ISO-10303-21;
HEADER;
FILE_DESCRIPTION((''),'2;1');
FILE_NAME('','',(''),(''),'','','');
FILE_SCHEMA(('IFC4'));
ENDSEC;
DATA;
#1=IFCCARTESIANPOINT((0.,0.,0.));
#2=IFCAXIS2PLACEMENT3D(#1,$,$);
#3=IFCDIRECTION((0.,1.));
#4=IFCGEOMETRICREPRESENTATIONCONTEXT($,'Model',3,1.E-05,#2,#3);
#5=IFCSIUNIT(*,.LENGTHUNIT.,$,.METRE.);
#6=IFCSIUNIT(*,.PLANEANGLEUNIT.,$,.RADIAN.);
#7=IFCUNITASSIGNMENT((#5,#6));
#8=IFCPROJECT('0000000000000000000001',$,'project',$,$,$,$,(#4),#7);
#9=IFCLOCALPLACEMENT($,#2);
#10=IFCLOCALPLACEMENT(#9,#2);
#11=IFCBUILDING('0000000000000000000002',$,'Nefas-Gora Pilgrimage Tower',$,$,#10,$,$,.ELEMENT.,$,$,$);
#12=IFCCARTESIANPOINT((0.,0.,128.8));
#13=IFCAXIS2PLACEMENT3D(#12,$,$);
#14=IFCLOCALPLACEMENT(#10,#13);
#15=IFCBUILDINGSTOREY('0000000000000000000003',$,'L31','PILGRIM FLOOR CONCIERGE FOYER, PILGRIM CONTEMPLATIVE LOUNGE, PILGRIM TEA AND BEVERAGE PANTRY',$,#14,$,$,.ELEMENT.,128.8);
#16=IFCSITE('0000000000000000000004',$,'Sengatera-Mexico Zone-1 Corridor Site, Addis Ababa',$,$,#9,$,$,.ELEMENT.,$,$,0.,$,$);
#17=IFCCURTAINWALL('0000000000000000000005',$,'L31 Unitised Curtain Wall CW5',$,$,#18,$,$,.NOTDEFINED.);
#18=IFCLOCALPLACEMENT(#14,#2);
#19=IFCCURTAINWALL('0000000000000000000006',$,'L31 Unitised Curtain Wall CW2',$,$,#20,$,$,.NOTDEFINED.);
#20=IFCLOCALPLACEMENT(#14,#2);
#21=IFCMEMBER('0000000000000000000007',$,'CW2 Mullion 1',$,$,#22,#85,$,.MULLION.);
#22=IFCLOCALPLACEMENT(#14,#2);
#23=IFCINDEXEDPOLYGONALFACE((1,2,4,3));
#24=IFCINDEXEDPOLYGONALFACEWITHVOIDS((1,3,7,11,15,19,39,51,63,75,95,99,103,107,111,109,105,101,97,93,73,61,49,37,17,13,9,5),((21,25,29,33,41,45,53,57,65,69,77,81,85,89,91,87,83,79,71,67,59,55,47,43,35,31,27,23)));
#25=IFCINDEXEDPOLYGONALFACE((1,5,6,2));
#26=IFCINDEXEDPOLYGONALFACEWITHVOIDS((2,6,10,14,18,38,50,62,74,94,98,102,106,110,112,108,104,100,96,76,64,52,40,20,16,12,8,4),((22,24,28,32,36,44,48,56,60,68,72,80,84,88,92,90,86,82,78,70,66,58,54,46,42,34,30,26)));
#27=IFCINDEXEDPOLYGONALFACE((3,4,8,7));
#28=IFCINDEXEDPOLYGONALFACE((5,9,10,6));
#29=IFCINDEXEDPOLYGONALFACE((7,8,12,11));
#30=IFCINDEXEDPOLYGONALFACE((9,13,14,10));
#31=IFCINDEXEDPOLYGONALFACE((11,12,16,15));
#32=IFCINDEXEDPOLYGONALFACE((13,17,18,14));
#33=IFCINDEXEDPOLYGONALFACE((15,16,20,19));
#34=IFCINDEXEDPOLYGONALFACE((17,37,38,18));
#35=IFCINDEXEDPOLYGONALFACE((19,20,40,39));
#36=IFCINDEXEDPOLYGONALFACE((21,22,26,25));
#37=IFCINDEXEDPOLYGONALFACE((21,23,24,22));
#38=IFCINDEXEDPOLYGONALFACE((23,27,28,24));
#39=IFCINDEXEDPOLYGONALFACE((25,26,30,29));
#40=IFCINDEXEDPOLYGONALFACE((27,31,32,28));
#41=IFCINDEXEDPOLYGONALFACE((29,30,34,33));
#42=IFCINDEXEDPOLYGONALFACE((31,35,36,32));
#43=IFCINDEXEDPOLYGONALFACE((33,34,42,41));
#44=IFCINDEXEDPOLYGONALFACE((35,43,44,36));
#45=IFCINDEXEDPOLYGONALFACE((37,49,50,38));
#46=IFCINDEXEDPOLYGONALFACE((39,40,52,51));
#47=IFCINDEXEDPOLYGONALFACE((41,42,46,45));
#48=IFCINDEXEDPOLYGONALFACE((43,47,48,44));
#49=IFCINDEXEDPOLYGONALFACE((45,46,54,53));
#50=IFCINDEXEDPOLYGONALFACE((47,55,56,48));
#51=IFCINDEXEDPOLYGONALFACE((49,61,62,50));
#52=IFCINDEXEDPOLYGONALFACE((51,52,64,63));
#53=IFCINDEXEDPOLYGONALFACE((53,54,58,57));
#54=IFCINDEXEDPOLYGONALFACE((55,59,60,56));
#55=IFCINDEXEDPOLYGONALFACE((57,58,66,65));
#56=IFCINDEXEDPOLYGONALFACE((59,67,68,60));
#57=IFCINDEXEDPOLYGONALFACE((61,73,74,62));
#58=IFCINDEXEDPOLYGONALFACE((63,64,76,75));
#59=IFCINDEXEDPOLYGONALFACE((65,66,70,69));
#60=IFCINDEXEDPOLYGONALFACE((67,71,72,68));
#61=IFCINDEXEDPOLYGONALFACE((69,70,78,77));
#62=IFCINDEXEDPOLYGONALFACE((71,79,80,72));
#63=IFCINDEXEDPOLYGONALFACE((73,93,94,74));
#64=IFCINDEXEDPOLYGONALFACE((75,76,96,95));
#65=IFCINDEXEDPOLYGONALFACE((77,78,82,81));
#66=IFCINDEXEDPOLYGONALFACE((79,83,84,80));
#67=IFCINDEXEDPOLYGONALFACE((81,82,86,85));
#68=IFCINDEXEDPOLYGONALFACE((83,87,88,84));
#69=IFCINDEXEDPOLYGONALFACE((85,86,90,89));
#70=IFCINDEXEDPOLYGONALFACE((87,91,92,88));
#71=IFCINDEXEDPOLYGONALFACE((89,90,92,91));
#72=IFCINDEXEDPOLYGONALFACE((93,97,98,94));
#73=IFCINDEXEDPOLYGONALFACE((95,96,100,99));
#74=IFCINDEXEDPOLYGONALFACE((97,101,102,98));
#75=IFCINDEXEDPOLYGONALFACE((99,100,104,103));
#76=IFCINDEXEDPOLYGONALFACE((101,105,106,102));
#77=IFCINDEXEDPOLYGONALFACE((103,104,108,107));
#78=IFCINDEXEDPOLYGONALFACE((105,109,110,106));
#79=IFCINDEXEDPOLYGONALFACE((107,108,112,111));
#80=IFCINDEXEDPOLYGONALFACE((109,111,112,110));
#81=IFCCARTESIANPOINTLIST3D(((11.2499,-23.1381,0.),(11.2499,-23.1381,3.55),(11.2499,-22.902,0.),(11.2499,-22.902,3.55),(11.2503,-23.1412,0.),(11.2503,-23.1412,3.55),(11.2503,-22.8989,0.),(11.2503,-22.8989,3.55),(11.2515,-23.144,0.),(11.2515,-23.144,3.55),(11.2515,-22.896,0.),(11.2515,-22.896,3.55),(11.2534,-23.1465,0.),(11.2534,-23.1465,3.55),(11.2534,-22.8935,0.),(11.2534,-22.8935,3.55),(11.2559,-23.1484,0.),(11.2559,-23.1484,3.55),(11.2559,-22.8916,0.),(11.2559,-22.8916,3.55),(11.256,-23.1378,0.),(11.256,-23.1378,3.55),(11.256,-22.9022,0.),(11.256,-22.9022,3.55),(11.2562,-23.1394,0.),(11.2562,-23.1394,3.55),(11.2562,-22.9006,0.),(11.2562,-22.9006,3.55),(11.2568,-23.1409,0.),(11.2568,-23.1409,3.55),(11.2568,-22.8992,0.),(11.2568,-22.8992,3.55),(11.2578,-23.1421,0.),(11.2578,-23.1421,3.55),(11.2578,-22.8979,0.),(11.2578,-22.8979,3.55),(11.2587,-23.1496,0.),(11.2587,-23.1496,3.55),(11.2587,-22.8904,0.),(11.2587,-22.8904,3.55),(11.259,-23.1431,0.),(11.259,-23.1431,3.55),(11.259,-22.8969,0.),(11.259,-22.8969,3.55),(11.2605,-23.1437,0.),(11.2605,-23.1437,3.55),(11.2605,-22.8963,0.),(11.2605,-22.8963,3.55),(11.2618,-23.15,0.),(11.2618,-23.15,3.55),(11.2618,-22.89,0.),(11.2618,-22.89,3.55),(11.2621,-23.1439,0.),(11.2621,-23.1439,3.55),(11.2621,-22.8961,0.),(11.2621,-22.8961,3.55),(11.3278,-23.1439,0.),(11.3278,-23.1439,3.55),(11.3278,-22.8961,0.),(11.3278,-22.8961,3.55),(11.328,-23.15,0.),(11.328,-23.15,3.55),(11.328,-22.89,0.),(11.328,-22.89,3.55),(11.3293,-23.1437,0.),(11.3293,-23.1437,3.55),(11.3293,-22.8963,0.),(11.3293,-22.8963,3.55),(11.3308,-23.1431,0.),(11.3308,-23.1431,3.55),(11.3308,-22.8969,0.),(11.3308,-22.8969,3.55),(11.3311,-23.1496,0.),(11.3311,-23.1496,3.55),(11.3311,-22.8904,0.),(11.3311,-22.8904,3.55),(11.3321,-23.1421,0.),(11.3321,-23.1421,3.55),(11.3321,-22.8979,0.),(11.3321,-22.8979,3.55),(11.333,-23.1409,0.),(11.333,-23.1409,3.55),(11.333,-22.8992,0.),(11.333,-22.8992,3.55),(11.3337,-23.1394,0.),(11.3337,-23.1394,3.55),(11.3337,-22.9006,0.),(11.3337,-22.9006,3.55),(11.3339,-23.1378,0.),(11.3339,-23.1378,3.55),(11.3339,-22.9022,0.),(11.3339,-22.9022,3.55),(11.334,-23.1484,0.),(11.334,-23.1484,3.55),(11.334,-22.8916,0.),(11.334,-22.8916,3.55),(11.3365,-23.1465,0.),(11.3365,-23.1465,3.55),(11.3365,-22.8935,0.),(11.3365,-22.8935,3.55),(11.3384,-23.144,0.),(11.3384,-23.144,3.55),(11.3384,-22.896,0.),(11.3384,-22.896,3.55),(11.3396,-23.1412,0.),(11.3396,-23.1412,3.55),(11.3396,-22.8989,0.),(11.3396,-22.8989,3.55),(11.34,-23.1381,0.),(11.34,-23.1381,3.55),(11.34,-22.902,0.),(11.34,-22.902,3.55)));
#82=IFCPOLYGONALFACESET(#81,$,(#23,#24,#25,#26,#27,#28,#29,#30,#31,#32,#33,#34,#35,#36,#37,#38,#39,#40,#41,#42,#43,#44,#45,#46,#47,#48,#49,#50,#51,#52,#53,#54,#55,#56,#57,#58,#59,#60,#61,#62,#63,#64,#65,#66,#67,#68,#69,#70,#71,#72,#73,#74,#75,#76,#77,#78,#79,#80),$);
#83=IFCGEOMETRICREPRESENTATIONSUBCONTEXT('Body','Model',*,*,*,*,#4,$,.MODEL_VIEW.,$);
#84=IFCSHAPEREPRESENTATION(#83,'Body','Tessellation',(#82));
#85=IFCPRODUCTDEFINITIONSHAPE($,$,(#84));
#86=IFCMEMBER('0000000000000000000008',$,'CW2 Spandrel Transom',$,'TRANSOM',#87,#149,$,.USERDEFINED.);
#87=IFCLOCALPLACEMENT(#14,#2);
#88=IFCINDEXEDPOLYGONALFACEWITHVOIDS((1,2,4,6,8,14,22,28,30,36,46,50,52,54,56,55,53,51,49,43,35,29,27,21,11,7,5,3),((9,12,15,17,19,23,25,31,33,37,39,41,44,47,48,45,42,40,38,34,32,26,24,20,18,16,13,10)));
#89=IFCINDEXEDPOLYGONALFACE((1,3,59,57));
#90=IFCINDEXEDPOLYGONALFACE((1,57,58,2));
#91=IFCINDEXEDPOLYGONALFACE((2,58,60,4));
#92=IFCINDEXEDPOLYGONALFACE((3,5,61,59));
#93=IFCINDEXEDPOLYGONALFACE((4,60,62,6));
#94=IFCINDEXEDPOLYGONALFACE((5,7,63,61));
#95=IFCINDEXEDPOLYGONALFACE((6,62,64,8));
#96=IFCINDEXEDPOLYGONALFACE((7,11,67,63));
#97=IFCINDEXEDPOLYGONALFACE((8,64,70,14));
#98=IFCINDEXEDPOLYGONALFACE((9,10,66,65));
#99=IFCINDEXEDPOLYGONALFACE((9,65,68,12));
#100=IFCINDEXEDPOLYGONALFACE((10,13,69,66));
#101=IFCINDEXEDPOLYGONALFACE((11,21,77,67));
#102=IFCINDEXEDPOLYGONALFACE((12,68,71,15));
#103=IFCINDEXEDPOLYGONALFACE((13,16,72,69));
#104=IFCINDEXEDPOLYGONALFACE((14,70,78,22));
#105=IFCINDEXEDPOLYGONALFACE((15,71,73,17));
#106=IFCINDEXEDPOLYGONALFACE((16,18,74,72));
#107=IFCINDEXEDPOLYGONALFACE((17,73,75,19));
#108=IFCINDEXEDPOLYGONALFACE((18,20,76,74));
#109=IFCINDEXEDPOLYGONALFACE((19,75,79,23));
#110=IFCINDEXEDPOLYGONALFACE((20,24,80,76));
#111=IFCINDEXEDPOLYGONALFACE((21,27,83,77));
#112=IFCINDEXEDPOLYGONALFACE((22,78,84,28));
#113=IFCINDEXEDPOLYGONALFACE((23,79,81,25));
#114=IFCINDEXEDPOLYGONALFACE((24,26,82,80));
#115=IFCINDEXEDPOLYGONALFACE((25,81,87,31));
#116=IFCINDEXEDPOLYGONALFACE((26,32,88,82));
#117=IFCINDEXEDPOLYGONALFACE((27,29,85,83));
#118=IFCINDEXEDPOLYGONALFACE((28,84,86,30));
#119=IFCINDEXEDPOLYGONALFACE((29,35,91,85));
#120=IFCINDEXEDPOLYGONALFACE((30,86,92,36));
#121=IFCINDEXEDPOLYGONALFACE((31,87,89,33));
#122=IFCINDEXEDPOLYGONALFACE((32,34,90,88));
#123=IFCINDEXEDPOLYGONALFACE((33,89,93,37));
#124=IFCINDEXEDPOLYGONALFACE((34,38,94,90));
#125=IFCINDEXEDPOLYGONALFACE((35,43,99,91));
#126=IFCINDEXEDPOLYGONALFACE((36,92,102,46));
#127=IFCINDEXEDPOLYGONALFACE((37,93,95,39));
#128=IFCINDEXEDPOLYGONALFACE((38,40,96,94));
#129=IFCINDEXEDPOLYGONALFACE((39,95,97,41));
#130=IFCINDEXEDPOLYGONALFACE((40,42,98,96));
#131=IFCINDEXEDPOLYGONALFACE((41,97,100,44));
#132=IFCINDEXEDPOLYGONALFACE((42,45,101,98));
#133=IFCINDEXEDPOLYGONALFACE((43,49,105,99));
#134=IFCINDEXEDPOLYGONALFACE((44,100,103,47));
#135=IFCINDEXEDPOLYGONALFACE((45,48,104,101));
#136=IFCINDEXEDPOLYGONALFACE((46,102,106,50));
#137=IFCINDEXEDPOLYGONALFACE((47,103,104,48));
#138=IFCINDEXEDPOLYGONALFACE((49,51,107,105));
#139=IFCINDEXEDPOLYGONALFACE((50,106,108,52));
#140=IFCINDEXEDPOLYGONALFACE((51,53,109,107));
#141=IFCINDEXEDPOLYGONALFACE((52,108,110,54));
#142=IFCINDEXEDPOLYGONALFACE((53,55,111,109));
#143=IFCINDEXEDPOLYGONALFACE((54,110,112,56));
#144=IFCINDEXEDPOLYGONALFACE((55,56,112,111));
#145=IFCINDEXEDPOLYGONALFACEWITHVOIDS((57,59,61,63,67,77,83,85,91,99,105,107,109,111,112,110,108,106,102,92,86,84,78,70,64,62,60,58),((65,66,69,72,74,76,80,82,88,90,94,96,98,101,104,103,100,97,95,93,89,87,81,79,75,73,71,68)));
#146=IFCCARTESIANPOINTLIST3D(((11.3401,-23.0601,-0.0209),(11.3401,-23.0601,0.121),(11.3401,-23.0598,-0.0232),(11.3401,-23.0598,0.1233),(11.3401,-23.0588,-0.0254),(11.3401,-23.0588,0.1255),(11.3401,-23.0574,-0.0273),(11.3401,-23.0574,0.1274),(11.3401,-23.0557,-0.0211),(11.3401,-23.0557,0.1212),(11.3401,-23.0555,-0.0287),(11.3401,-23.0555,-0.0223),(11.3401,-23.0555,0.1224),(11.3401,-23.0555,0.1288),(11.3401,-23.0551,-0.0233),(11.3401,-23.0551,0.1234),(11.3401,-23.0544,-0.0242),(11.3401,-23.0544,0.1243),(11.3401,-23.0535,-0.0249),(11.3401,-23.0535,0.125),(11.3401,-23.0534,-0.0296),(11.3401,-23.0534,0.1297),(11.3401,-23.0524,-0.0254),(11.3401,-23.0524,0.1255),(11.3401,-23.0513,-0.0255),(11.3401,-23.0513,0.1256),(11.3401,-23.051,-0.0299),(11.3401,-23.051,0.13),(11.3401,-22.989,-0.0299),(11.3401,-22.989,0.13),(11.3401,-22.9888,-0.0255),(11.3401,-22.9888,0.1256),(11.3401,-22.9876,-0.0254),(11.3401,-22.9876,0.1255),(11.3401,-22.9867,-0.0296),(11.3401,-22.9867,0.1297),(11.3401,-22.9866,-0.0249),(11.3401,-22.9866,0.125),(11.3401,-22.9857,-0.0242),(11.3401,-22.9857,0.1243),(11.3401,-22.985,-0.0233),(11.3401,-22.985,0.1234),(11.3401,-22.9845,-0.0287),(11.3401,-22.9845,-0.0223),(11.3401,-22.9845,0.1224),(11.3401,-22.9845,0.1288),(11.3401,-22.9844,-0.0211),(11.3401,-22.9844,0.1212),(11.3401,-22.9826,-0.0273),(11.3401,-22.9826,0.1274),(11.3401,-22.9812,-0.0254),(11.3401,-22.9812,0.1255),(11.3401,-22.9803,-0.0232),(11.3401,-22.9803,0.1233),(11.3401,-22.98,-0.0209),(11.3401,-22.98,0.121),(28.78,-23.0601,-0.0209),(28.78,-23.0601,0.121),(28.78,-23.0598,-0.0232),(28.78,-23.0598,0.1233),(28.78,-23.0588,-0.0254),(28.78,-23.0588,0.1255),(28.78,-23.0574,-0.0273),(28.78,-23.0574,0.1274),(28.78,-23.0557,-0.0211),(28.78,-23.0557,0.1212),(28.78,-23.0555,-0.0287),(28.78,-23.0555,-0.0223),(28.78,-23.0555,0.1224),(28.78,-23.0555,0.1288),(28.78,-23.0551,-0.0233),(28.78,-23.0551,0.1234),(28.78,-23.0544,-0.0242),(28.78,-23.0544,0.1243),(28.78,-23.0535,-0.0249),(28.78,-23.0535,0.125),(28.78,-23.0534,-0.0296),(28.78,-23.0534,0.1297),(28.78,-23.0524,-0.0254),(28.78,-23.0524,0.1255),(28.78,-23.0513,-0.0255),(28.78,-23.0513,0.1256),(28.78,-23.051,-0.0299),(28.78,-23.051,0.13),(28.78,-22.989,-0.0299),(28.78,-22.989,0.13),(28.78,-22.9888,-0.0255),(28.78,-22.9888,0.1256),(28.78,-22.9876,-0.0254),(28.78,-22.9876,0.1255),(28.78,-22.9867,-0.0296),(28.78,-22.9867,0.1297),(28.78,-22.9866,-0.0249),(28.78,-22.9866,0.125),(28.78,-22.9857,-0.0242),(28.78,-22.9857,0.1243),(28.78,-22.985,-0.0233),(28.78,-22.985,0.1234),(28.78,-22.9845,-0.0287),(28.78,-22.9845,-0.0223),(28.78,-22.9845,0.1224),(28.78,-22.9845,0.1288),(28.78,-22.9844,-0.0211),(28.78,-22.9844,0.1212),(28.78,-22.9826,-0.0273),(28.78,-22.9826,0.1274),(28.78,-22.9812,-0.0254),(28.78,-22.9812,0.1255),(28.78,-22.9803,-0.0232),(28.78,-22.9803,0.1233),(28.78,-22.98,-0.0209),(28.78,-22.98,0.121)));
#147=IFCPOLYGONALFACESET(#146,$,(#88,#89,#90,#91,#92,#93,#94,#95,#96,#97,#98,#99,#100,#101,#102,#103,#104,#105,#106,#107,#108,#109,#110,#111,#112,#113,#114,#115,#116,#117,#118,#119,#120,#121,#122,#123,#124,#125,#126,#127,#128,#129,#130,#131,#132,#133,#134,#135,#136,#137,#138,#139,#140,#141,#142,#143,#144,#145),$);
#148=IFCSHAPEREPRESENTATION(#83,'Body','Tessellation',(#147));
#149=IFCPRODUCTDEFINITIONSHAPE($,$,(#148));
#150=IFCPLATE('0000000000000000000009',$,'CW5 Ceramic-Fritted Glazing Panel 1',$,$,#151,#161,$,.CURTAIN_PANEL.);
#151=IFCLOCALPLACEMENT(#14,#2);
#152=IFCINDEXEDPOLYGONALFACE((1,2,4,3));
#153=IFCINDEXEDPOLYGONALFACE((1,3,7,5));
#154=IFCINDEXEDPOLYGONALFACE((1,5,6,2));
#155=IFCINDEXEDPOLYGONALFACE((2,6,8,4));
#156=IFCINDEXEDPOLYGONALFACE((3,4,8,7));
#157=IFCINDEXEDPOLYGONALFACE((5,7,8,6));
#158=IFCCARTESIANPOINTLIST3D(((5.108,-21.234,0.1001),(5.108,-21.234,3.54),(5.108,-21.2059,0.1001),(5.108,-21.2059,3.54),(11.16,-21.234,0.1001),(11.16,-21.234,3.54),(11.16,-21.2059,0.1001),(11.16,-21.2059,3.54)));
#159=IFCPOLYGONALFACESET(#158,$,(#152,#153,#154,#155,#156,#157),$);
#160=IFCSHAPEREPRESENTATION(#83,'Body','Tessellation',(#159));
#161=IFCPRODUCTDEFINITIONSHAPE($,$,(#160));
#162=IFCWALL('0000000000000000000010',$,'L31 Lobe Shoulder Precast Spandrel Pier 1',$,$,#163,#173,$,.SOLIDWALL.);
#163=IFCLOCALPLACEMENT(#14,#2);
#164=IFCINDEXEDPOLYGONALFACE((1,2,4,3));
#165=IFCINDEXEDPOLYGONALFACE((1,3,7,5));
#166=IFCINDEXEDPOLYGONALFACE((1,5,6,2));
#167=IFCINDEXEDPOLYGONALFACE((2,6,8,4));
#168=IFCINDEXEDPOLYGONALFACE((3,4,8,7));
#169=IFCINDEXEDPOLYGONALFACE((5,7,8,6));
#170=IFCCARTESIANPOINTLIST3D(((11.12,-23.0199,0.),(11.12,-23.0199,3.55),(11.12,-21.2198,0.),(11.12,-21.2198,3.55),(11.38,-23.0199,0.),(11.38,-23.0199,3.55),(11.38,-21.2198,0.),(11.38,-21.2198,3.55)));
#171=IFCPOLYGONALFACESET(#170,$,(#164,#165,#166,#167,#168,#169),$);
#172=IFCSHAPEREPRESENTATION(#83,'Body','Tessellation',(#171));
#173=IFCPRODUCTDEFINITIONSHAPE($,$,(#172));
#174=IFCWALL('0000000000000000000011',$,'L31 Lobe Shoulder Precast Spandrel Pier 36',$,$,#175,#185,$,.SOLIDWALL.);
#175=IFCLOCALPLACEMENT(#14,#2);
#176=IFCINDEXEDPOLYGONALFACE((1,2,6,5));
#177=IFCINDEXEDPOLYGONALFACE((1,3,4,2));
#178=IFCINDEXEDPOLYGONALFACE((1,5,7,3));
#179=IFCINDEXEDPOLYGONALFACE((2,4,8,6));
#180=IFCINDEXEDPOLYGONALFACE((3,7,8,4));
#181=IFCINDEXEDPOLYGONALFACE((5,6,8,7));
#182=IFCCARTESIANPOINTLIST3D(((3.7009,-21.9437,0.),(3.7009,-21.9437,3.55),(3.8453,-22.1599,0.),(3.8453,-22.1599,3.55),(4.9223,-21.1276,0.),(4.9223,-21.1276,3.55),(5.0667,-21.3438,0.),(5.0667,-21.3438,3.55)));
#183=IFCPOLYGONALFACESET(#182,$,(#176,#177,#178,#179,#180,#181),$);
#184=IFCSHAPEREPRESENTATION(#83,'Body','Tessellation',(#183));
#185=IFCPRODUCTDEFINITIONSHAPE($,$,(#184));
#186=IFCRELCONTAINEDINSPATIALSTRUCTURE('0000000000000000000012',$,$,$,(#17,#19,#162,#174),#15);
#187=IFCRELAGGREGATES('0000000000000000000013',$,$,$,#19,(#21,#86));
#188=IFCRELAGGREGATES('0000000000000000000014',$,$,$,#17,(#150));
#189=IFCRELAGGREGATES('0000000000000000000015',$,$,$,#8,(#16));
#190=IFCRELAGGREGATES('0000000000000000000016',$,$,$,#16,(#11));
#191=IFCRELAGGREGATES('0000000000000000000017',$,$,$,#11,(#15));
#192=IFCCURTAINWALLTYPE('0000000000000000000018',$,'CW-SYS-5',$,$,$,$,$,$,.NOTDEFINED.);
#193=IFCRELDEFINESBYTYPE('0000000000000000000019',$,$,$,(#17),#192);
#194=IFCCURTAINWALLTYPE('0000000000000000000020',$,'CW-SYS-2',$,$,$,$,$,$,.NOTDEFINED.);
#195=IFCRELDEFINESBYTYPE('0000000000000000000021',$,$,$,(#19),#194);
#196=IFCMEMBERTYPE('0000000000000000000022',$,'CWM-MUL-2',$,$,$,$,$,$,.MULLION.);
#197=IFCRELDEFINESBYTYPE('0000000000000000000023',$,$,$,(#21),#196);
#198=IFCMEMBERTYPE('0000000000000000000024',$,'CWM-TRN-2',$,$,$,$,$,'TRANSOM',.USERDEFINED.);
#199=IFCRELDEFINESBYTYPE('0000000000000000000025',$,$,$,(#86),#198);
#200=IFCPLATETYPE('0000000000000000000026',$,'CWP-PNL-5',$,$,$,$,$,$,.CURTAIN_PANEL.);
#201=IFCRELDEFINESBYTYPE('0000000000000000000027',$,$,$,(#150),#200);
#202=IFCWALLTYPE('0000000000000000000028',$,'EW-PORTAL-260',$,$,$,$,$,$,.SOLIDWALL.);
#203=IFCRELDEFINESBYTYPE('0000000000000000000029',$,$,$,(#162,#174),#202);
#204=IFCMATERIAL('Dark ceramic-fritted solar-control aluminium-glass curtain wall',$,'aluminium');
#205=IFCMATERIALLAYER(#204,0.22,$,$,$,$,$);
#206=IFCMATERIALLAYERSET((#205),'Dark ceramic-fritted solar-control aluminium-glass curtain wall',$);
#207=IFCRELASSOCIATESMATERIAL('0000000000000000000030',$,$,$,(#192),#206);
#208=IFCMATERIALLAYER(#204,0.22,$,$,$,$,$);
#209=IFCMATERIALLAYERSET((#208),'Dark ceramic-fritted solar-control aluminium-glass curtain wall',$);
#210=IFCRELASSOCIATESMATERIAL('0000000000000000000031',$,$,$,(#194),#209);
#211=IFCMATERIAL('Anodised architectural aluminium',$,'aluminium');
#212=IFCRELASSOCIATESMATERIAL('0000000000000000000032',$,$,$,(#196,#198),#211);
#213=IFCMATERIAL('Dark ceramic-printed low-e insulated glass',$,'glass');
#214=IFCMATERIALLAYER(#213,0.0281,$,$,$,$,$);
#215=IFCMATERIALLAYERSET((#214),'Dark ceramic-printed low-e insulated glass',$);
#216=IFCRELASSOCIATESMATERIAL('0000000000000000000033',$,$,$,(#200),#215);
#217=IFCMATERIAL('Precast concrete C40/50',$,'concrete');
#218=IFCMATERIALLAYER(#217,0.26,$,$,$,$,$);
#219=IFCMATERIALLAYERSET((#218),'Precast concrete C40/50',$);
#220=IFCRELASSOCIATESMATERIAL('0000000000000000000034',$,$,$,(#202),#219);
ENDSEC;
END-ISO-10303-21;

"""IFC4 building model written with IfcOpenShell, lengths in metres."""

from ifc_helpers import new_model, si_unit, direction, frame, frame_2d, origin, origin_2d, place, context, subcontext, project, spatial, rectangle, hollow_rectangle, extrude, source, transform, mapped, material, layer, layer_set, material_profile, profile_set, type_object, element, aggregate, save


model = new_model("IFC4")

# Units and contexts
model_context = context("Model", 3, precision=1e-05, world=origin(), true_north=direction((0.0, 1.0)))
body_context = subcontext(model_context, "Body", "Model", "MODEL_VIEW")
ifc_project = project(units=[si_unit("LENGTHUNIT", "METRE"), si_unit("PLANEANGLEUNIT", "RADIAN")], contexts=[model_context])

# Site, building, storey
site_placement = place(None, origin())
site = spatial("IfcSite", under=ifc_project, at=site_placement, Name="Sengatera-Mexico Zone-1 Corridor Site, Addis Ababa", CompositionType="ELEMENT", RefElevation=0.0)
building_placement = place(site_placement, origin())
building = spatial("IfcBuilding", under=site, at=building_placement, Name="Nefas-Gora Pilgrimage Tower", CompositionType="ELEMENT")
storey_placement = place(building_placement, frame((0.0, 0.0, 128.8)))
storey = spatial("IfcBuildingStorey", under=building, at=storey_placement, Name="L31", Description="PILGRIM FLOOR CONCIERGE FOYER, PILGRIM CONTEMPLATIVE LOUNGE, PILGRIM TEA AND BEVERAGE PANTRY", CompositionType="ELEMENT", Elevation=128.8)

# Curtain wall
ifc_material_1 = material(Name="Dark ceramic-fritted solar-control aluminium-glass curtain wall", Category="aluminium")
ifc_layer_1 = layer(ifc_material_1, 0.22)
ifc_layer_set_1 = layer_set([ifc_layer_1], Name="Dark ceramic-fritted solar-control aluminium-glass curtain wall")
curtain_wall_type_1 = type_object("IfcCurtainWallType", Name="CW-SYS-5", PredefinedType="NOTDEFINED", material=ifc_layer_set_1)
curtain_wall_1_placement = place(storey_placement, origin())
curtain_wall_1 = element("IfcCurtainWall", 1, at=curtain_wall_1_placement, inside=storey, type_object=curtain_wall_type_1, Name="L31 Unitised Curtain Wall CW5", PredefinedType="NOTDEFINED")
ifc_material_2 = material(Name="Anodised architectural aluminium", Category="aluminium")

# Curtain wall, members
ifc_layer_2 = layer(ifc_material_1, 0.22)
ifc_layer_set_2 = layer_set([ifc_layer_2], Name="Dark ceramic-fritted solar-control aluminium-glass curtain wall")
curtain_wall_type_2 = type_object("IfcCurtainWallType", Name="CW-SYS-2", PredefinedType="NOTDEFINED", material=ifc_layer_set_2)
curtain_wall_2_placement = place(storey_placement, origin())
curtain_wall_2 = element("IfcCurtainWall", 2, at=curtain_wall_2_placement, inside=storey, type_object=curtain_wall_type_2, Name="L31 Unitised Curtain Wall CW2", PredefinedType="NOTDEFINED")
ifc_material_profile_1 = material_profile(ifc_material_2, hollow_rectangle(XDim=0.0901, YDim=0.26, WallThickness=0.0061, InnerFilletRadius=0.0061, OuterFilletRadius=0.012, at=origin_2d()), Name="ALU MULLION 90x260")
ifc_profile_set_1 = profile_set([ifc_material_profile_1], Name="Anodised architectural aluminium")
member_type_1 = type_object("IfcMemberType", Name="CWM-MUL-2", PredefinedType="MULLION", material=ifc_profile_set_1)
shared_shape_1 = source(origin(), body_context, "Body", "SweptSolid", [
    extrude(hollow_rectangle(XDim=0.0901, YDim=0.26, WallThickness=0.0061, InnerFilletRadius=0.0061, OuterFilletRadius=0.012, at=origin_2d()), origin(), (0.0, 0.0, 1.0), 3.55),
])
member_1_placement = place(storey_placement, frame((11.2949, -23.02, 0.0), z_axis=(0.0, 0.0, 1.0), x_axis=(1.0, 0.0, 0.0)))
member_1 = element("IfcMember", 3, at=member_1_placement, type_object=member_type_1, Name="CW2 Mullion 1", PredefinedType="MULLION", context=body_context, shape_type="MappedRepresentation", body=[
    mapped(shared_shape_1, transform((0.0, 0.0, 0.0), x_axis=(1.0, 0.0, 0.0), y_axis=(0.0, 1.0, 0.0), z_axis=(0.0, 0.0, 1.0), scale=1.0)),
])
ifc_material_profile_2 = material_profile(ifc_material_2, hollow_rectangle(XDim=0.0801, YDim=0.1599, WallThickness=0.0044, InnerFilletRadius=0.0044, OuterFilletRadius=0.009, at=origin_2d()), Name="ALU TRANSOM 80x160")
ifc_profile_set_2 = profile_set([ifc_material_profile_2], Name="Anodised architectural aluminium")
member_type_2 = type_object("IfcMemberType", Name="CWM-TRN-2", ElementType="TRANSOM", PredefinedType="USERDEFINED", material=ifc_profile_set_2)
shared_shape_2 = source(origin(), body_context, "Body", "SweptSolid", [
    extrude(hollow_rectangle(XDim=0.0801, YDim=0.1599, WallThickness=0.0044, InnerFilletRadius=0.0044, OuterFilletRadius=0.009, at=origin_2d()), origin(), (0.0, 0.0, 1.0), 17.4399),
])
member_2_placement = place(storey_placement, frame((11.3401, -23.02, 0.05), z_axis=(1.0, 0.0, 0.0), x_axis=(0.0, 1.0, 0.0)))
member_2 = element("IfcMember", 4, at=member_2_placement, type_object=member_type_2, Name="CW2 Spandrel Transom", ObjectType="TRANSOM", PredefinedType="USERDEFINED", context=body_context, shape_type="MappedRepresentation", body=[
    mapped(shared_shape_2, transform((0.0, 0.0, 0.0), x_axis=(1.0, 0.0, 0.0), y_axis=(0.0, 1.0, 0.0), z_axis=(0.0, 0.0, 1.0), scale=1.0)),
])
aggregate(curtain_wall_2, [member_1, member_2])

# Plate
ifc_material_3 = material(Name="Dark ceramic-printed low-e insulated glass", Category="glass")
ifc_layer_3 = layer(ifc_material_3, 0.0281)
ifc_layer_set_3 = layer_set([ifc_layer_3], Name="Dark ceramic-printed low-e insulated glass")
plate_type = type_object("IfcPlateType", Name="CWP-PNL-5", PredefinedType="CURTAIN_PANEL", material=ifc_layer_set_3)
shared_shape_3 = source(origin(), body_context, "Body", "SweptSolid", [
    extrude(rectangle(XDim=6.052, YDim=0.0281, at=origin_2d()), origin(), (0.0, 0.0, 1.0), 3.4399),
])
plate_placement = place(storey_placement, frame((8.134, -21.22, 0.1001), z_axis=(0.0, 0.0, 1.0), x_axis=(1.0, 0.0, 0.0)))
plate = element("IfcPlate", 5, at=plate_placement, type_object=plate_type, Name="CW5 Ceramic-Fritted Glazing Panel 1", PredefinedType="CURTAIN_PANEL", context=body_context, shape_type="MappedRepresentation", body=[
    mapped(shared_shape_3, transform((0.0, 0.0, 0.0), x_axis=(1.0, 0.0, 0.0), y_axis=(0.0, 1.0, 0.0), z_axis=(0.0, 0.0, 1.0), scale=1.0)),
])
aggregate(curtain_wall_1, [plate])

# Walls
ifc_material_4 = material(Name="Precast concrete C40/50", Category="concrete")
ifc_layer_4 = layer(ifc_material_4, 0.26)
ifc_layer_set_4 = layer_set([ifc_layer_4], Name="Precast concrete C40/50")
wall_type_1 = type_object("IfcWallType", Name="EW-PORTAL-260", PredefinedType="SOLIDWALL", material=ifc_layer_set_4)
shared_shape_4 = source(origin(), body_context, "Body", "SweptSolid", [
    extrude(rectangle(XDim=1.8, YDim=0.26, at=frame_2d((0.8999, 0.0))), origin(), (0.0, 0.0, 1.0), 3.55),
])
wall_1_placement = place(storey_placement, frame((11.25, -21.22, 0.0), z_axis=(0.0, 0.0, 1.0), x_axis=(0.0, -1.0, 0.0)))
element("IfcWall", 6, at=wall_1_placement, inside=storey, type_object=wall_type_1, Name="L31 Lobe Shoulder Precast Spandrel Pier 1", PredefinedType="SOLIDWALL", context=body_context, shape_type="MappedRepresentation", body=[
    mapped(shared_shape_4, transform((0.0, 0.0, 0.0), x_axis=(1.0, 0.0, 0.0), y_axis=(0.0, 1.0, 0.0), z_axis=(0.0, 0.0, 1.0), scale=1.0)),
])
shared_shape_5 = source(origin(), body_context, "Body", "SweptSolid", [
    extrude(rectangle(XDim=1.469, YDim=0.26, at=frame_2d((0.7344, 0.0))), origin(), (0.0, 0.0, 1.0), 3.55),
])
wall_2_placement = place(storey_placement, frame((3.7732, -22.0518, 0.0), z_axis=(0.0, 0.0, 1.0), x_axis=(0.831462, 0.555582, 0.0)))
element("IfcWall", 7, at=wall_2_placement, inside=storey, type_object=wall_type_1, Name="L31 Lobe Shoulder Precast Spandrel Pier 36", PredefinedType="SOLIDWALL", context=body_context, shape_type="MappedRepresentation", body=[
    mapped(shared_shape_5, transform((0.0, 0.0, 0.0), x_axis=(1.0, 0.0, 0.0), y_axis=(0.0, 1.0, 0.0), z_axis=(0.0, 0.0, 1.0), scale=1.0)),
])

save(model, "model.ifc")
